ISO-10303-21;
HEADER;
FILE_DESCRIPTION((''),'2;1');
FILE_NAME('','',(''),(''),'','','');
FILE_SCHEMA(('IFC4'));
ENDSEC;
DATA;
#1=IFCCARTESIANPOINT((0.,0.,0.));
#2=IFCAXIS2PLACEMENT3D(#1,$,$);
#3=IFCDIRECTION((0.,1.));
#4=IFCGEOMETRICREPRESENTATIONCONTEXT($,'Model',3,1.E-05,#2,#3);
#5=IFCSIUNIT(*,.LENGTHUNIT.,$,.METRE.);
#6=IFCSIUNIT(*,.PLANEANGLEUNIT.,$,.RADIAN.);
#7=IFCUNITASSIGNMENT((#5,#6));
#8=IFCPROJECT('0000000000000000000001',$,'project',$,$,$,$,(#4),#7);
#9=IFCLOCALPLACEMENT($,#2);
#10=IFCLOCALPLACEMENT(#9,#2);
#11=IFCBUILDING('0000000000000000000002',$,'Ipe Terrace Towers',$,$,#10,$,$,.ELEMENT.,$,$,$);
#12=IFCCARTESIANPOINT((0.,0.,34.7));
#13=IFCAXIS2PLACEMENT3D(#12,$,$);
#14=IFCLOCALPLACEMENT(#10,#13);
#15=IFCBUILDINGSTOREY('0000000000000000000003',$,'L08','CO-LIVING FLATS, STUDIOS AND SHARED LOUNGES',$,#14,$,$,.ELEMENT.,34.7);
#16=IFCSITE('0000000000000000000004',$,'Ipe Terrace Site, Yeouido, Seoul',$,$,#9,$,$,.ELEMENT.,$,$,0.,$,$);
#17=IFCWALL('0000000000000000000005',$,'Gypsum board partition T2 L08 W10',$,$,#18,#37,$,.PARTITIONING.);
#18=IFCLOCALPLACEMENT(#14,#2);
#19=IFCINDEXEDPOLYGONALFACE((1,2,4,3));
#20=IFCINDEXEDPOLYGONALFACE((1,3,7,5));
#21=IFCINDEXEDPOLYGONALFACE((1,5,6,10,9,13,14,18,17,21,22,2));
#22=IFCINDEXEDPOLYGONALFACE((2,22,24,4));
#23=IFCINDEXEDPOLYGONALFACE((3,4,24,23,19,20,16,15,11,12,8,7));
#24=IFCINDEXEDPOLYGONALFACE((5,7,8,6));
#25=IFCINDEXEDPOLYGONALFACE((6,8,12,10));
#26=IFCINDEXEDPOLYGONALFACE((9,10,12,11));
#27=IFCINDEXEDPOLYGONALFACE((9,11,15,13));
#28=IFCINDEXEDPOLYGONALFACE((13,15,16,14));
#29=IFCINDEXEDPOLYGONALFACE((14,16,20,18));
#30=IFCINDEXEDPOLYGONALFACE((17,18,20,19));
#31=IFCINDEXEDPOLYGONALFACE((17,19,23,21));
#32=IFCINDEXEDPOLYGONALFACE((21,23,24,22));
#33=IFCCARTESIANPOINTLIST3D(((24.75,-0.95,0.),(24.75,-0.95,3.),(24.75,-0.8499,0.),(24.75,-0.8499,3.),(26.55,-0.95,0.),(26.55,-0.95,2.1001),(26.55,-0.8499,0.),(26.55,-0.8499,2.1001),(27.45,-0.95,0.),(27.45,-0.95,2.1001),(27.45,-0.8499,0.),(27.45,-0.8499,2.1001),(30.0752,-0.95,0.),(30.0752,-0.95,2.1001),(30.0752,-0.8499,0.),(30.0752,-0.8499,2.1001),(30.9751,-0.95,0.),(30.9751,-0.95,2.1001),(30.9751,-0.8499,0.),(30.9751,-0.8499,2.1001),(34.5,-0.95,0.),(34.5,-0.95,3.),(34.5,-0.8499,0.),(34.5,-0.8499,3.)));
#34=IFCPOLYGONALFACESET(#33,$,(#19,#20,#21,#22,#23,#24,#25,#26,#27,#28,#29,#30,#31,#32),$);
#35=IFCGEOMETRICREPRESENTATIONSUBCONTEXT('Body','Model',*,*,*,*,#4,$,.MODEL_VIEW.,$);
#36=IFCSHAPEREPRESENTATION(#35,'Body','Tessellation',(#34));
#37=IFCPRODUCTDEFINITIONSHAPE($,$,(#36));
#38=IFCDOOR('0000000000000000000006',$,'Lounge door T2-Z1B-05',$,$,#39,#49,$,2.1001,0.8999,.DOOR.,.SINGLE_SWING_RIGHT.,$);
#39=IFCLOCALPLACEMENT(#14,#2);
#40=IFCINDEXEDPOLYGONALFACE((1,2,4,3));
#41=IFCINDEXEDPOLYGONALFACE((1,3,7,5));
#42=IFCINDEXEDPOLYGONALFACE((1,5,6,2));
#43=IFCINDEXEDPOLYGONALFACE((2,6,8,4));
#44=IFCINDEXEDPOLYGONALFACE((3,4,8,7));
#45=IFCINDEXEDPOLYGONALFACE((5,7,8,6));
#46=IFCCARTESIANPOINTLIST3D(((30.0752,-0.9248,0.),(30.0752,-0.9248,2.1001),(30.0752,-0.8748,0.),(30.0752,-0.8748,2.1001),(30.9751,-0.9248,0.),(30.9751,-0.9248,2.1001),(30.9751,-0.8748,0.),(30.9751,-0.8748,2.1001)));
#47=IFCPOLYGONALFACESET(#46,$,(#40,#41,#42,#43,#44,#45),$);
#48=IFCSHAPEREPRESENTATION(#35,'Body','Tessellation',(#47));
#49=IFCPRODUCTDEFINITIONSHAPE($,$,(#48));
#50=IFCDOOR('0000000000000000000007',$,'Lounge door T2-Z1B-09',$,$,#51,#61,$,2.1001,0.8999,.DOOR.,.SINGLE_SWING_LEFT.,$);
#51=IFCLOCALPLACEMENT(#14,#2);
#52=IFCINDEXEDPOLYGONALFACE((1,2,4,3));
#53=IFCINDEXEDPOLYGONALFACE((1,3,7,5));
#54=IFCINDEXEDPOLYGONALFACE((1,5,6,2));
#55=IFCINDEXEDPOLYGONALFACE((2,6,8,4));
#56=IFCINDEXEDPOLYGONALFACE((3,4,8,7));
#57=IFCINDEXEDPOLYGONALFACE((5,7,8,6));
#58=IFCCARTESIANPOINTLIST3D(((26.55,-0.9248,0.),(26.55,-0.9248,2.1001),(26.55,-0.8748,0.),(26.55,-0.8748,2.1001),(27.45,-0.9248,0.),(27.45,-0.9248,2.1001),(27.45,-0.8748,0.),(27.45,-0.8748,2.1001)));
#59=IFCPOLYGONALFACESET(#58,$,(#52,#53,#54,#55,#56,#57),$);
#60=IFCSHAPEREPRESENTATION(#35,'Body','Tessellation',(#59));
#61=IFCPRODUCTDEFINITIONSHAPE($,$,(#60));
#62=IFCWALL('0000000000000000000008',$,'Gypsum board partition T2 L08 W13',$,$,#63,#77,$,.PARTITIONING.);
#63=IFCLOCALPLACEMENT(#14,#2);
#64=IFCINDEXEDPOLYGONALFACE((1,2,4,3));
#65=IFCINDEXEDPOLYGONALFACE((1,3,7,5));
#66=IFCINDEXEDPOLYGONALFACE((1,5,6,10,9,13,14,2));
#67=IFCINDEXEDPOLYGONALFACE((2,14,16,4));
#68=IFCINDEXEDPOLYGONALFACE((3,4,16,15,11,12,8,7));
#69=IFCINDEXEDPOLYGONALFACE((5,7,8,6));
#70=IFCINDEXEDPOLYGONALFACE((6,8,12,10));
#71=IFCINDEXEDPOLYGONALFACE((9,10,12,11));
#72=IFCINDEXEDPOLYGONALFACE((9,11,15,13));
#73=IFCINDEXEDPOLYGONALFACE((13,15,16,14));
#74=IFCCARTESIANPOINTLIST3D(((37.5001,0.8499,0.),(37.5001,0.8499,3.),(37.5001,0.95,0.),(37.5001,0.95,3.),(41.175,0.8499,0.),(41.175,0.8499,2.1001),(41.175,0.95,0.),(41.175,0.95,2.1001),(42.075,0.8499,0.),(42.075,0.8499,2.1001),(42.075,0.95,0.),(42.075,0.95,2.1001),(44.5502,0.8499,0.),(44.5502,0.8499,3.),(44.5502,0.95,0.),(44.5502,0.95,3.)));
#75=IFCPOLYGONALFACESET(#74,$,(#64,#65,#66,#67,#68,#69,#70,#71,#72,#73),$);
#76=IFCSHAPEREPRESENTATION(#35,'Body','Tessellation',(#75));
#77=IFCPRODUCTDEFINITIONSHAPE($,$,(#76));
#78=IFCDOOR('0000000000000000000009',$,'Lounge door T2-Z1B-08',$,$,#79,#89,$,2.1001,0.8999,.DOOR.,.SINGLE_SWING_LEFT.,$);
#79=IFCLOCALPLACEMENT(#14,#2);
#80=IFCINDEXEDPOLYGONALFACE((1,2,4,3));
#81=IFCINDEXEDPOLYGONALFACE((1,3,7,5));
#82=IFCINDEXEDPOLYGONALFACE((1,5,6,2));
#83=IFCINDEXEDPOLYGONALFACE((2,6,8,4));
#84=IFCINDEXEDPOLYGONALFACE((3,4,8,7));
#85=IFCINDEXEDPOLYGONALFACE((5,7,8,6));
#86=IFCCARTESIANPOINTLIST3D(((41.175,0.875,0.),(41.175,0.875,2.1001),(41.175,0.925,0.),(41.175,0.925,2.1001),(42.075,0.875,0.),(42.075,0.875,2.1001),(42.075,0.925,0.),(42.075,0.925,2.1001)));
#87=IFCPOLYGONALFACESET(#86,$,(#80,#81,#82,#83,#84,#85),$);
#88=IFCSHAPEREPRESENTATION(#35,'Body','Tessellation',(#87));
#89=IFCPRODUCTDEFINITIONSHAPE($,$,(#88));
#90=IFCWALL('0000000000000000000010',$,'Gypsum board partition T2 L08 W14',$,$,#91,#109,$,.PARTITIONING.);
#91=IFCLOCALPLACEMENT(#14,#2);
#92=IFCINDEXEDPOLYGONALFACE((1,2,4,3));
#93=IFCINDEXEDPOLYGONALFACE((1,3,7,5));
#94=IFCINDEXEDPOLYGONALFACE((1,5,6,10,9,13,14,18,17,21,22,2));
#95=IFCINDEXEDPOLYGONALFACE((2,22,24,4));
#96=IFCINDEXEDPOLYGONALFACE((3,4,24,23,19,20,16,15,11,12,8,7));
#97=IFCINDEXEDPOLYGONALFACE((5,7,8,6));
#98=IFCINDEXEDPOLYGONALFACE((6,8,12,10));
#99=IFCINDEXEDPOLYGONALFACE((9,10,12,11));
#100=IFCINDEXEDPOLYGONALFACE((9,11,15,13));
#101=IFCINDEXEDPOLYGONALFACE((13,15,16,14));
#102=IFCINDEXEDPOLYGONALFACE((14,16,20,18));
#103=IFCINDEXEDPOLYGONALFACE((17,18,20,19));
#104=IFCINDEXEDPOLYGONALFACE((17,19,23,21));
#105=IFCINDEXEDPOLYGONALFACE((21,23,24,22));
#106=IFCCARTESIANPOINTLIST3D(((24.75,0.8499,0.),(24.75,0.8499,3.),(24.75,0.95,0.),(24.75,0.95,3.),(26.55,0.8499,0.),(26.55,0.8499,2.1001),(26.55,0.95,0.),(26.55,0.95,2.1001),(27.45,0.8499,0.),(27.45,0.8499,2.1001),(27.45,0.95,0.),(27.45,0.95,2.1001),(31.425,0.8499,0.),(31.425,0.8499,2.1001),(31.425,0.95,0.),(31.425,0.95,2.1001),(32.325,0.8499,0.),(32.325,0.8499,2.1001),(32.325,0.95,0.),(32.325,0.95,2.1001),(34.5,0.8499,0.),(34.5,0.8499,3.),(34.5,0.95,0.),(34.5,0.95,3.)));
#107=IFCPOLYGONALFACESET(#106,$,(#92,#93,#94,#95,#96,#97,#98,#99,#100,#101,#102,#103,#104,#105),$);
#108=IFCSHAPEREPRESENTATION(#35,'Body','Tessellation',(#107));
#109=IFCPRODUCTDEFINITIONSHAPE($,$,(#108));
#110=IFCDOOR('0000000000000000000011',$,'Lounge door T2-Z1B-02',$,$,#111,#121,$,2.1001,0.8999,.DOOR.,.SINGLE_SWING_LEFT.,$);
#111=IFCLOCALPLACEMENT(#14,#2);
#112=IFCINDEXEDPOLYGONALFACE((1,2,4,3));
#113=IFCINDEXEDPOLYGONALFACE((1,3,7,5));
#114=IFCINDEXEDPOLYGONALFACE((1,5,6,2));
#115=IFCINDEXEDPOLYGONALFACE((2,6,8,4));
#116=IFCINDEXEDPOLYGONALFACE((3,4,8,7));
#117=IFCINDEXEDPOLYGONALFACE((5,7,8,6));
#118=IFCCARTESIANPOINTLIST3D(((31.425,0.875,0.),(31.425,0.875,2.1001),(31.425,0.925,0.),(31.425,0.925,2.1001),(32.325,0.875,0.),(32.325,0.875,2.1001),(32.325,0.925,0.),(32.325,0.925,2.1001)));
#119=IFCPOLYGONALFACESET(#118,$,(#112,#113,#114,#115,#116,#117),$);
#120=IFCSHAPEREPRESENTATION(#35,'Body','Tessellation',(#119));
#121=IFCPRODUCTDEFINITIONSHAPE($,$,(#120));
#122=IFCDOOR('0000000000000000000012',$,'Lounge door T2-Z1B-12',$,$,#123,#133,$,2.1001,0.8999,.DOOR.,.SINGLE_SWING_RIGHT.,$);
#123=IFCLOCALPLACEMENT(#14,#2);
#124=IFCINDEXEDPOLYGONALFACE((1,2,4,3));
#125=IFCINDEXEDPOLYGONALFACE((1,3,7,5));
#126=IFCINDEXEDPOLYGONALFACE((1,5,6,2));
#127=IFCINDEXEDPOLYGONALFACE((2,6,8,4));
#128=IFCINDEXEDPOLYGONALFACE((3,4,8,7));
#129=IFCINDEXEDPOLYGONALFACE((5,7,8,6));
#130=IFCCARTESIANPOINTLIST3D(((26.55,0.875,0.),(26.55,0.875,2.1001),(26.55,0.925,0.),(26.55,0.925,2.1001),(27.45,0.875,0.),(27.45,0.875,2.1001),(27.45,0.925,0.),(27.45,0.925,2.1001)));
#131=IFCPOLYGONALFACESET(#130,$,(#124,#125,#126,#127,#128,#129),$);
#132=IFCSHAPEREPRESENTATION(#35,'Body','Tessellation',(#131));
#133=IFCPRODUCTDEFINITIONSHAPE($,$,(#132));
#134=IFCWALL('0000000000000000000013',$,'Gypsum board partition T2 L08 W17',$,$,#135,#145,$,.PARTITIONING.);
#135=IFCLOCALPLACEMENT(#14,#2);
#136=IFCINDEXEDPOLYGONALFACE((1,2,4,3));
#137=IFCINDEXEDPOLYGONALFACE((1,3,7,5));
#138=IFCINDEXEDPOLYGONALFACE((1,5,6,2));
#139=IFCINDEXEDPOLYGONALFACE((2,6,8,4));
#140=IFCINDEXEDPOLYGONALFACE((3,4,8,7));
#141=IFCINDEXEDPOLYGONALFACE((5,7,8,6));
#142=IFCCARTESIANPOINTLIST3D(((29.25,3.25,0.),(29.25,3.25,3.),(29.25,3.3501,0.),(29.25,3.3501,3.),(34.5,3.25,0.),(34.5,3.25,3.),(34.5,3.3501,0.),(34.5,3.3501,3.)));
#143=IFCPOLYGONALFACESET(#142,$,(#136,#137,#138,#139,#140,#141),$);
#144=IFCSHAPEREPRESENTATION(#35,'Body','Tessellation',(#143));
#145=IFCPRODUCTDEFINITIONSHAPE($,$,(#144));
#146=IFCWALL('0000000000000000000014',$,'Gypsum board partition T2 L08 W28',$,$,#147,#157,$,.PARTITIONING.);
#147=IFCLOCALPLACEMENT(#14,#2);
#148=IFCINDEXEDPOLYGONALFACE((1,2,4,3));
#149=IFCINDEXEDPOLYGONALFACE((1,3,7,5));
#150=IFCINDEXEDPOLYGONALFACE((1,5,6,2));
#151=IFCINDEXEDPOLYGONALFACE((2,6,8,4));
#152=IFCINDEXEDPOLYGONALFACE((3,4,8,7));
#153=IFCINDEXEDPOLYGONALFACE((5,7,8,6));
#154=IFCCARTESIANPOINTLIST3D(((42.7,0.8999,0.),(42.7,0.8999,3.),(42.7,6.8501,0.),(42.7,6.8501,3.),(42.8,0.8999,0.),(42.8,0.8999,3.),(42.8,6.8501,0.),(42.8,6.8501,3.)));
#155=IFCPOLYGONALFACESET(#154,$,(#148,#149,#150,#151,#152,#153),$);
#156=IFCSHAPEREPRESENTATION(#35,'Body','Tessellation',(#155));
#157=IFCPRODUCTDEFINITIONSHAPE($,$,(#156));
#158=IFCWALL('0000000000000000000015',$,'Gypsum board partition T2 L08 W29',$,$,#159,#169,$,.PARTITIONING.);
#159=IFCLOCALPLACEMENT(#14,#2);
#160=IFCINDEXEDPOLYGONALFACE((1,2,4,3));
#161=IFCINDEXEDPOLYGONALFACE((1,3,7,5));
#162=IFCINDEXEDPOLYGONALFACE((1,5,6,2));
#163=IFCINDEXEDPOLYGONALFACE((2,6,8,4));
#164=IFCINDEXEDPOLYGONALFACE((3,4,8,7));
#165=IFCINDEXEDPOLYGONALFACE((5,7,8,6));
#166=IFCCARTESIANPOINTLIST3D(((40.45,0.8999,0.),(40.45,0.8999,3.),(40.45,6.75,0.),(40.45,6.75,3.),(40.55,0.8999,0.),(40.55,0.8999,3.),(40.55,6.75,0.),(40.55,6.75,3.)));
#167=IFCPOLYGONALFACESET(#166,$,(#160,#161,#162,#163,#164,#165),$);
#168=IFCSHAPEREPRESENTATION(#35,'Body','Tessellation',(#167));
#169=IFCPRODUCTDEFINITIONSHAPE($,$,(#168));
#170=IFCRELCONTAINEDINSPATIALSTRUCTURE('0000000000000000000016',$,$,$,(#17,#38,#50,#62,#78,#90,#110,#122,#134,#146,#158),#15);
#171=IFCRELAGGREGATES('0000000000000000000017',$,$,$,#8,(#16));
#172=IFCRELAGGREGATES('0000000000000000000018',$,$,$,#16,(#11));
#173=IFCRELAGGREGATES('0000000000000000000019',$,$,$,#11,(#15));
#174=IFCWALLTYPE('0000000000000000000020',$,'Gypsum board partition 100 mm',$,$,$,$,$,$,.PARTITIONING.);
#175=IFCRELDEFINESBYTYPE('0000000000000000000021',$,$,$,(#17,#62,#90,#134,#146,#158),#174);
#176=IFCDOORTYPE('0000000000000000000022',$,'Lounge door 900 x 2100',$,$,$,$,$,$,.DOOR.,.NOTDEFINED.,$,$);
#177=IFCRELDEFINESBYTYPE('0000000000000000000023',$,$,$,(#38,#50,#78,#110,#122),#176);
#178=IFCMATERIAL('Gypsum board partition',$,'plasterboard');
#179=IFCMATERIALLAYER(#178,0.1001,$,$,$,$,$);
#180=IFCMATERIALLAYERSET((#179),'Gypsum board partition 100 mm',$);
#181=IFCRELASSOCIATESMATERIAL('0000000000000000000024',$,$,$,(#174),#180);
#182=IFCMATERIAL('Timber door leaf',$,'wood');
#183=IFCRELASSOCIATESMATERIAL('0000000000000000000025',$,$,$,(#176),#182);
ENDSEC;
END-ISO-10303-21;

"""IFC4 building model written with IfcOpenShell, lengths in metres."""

from ifc_helpers import new_model, si_unit, direction, frame, frame_2d, origin, place, context, subcontext, project, spatial, rectangle, extrude, material, layer, layer_set, type_object, element, fill, save


model = new_model("IFC4")

# Units and contexts
model_context = context("Model", 3, precision=1e-05, world=origin(), true_north=direction((0.0, 1.0)))
body_context = subcontext(model_context, "Body", "Model", "MODEL_VIEW")
ifc_project = project(units=[si_unit("LENGTHUNIT", "METRE"), si_unit("PLANEANGLEUNIT", "RADIAN")], contexts=[model_context])

# Site, building, storey
site_placement = place(None, origin())
site = spatial("IfcSite", under=ifc_project, at=site_placement, Name="Ipe Terrace Site, Yeouido, Seoul", CompositionType="ELEMENT", RefElevation=0.0)
building_placement = place(site_placement, origin())
building = spatial("IfcBuilding", under=site, at=building_placement, Name="Ipe Terrace Towers", CompositionType="ELEMENT")
storey_placement = place(building_placement, frame((0.0, 0.0, 34.7)))
storey = spatial("IfcBuildingStorey", under=building, at=storey_placement, Name="L08", Description="CO-LIVING FLATS, STUDIOS AND SHARED LOUNGES", CompositionType="ELEMENT", Elevation=34.7)

# Shared definitions
ifc_material_1 = material(Name="Gypsum board partition", Category="plasterboard")
ifc_layer_1 = layer(ifc_material_1, 0.1001)
ifc_layer_set_1 = layer_set([ifc_layer_1], Name="Gypsum board partition 100 mm")
wall_type = type_object("IfcWallType", Name="Gypsum board partition 100 mm", PredefinedType="PARTITIONING", material=ifc_layer_set_1)

# Wall, openings, doors
wall_1_placement = place(storey_placement, frame((34.5, -0.8999, 0.0), z_axis=(0.0, 0.0, 1.0), x_axis=(-1.0, 0.0, 0.0)))
wall_1 = element("IfcWall", 1, at=wall_1_placement, inside=storey, type_object=wall_type, Name="Gypsum board partition T2 L08 W10", PredefinedType="PARTITIONING", context=body_context, shape_type="SweptSolid", body=[
    extrude(rectangle(XDim=9.75, YDim=0.1001, at=frame_2d((4.875, 0.0))), origin(), (0.0, 0.0, 1.0), 3.0),
])
opening_1_placement = place(wall_1_placement, frame((3.5249, 0.0, 0.0)))
opening_1 = element("IfcOpeningElement", 2, at=opening_1_placement, cuts=wall_1, PredefinedType="OPENING", context=body_context, shape_type="SweptSolid", body=[
    extrude(rectangle(XDim=0.8999, YDim=2.1001, at=frame_2d((0.45, 1.05))), frame((0.0, 0.0601, 0.0), z_axis=(0.0, -1.0, 0.0), x_axis=(1.0, 0.0, 0.0)), (0.0, 0.0, 1.0), 0.1201),
])
opening_2_placement = place(wall_1_placement, frame((7.05, 0.0, 0.0)))
opening_2 = element("IfcOpeningElement", 3, at=opening_2_placement, cuts=wall_1, PredefinedType="OPENING", context=body_context, shape_type="SweptSolid", body=[
    extrude(rectangle(XDim=0.8999, YDim=2.1001, at=frame_2d((0.45, 1.05))), frame((0.0, 0.0601, 0.0), z_axis=(0.0, -1.0, 0.0), x_axis=(1.0, 0.0, 0.0)), (0.0, 0.0, 1.0), 0.1201),
])
ifc_material_2 = material(Name="Timber door leaf", Category="wood")
door_type_1 = type_object("IfcDoorType", Name="Lounge door 900 x 2100", OperationType="NOTDEFINED", PredefinedType="DOOR", material=ifc_material_2)
door_1_placement = place(opening_1_placement, origin())
door_1 = element("IfcDoor", 4, at=door_1_placement, inside=storey, type_object=door_type_1, Name="Lounge door T2-Z1B-05", OperationType="SINGLE_SWING_RIGHT", OverallHeight=2.1001, OverallWidth=0.8999, PredefinedType="DOOR", context=body_context, shape_type="SweptSolid", body=[
    extrude(rectangle(XDim=0.8999, YDim=2.1001, at=frame_2d((0.45, 1.05))), frame((0.0, 0.0249, 0.0), z_axis=(0.0, -1.0, 0.0), x_axis=(1.0, 0.0, 0.0)), (0.0, 0.0, 1.0), 0.05),
])
fill(opening_1, door_1)
door_2_placement = place(opening_2_placement, origin())
door_2 = element("IfcDoor", 5, at=door_2_placement, inside=storey, type_object=door_type_1, Name="Lounge door T2-Z1B-09", OperationType="SINGLE_SWING_LEFT", OverallHeight=2.1001, OverallWidth=0.8999, PredefinedType="DOOR", context=body_context, shape_type="SweptSolid", body=[
    extrude(rectangle(XDim=0.8999, YDim=2.1001, at=frame_2d((0.45, 1.05))), frame((0.0, 0.0249, 0.0), z_axis=(0.0, -1.0, 0.0), x_axis=(1.0, 0.0, 0.0)), (0.0, 0.0, 1.0), 0.05),
])
fill(opening_2, door_2)

# Wall, opening, door
wall_2_placement = place(storey_placement, frame((44.55, 0.8999, 0.0), z_axis=(0.0, 0.0, 1.0), x_axis=(-1.0, 0.0, 0.0)))
wall_2 = element("IfcWall", 6, at=wall_2_placement, inside=storey, type_object=wall_type, Name="Gypsum board partition T2 L08 W13", PredefinedType="PARTITIONING", context=body_context, shape_type="SweptSolid", body=[
    extrude(rectangle(XDim=7.05, YDim=0.1001, at=frame_2d((3.5249, 0.0))), origin(), (0.0, 0.0, 1.0), 3.0),
])
opening_3_placement = place(wall_2_placement, frame((2.4751, 0.0, 0.0)))
opening_3 = element("IfcOpeningElement", 7, at=opening_3_placement, cuts=wall_2, PredefinedType="OPENING", context=body_context, shape_type="SweptSolid", body=[
    extrude(rectangle(XDim=0.8999, YDim=2.1001, at=frame_2d((0.45, 1.05))), frame((0.0, 0.0601, 0.0), z_axis=(0.0, -1.0, 0.0), x_axis=(1.0, 0.0, 0.0)), (0.0, 0.0, 1.0), 0.1201),
])
door_3_placement = place(opening_3_placement, origin())
door_3 = element("IfcDoor", 8, at=door_3_placement, inside=storey, type_object=door_type_1, Name="Lounge door T2-Z1B-08", OperationType="SINGLE_SWING_LEFT", OverallHeight=2.1001, OverallWidth=0.8999, PredefinedType="DOOR", context=body_context, shape_type="SweptSolid", body=[
    extrude(rectangle(XDim=0.8999, YDim=2.1001, at=frame_2d((0.45, 1.05))), frame((0.0, 0.0249, 0.0), z_axis=(0.0, -1.0, 0.0), x_axis=(1.0, 0.0, 0.0)), (0.0, 0.0, 1.0), 0.05),
])
fill(opening_3, door_3)

# Wall, openings, doors
wall_3_placement = place(storey_placement, frame((34.5, 0.8999, 0.0), z_axis=(0.0, 0.0, 1.0), x_axis=(-1.0, 0.0, 0.0)))
wall_3 = element("IfcWall", 9, at=wall_3_placement, inside=storey, type_object=wall_type, Name="Gypsum board partition T2 L08 W14", PredefinedType="PARTITIONING", context=body_context, shape_type="SweptSolid", body=[
    extrude(rectangle(XDim=9.75, YDim=0.1001, at=frame_2d((4.875, 0.0))), origin(), (0.0, 0.0, 1.0), 3.0),
])
opening_4_placement = place(wall_3_placement, frame((2.175, 0.0, 0.0)))
opening_4 = element("IfcOpeningElement", 10, at=opening_4_placement, cuts=wall_3, PredefinedType="OPENING", context=body_context, shape_type="SweptSolid", body=[
    extrude(rectangle(XDim=0.8999, YDim=2.1001, at=frame_2d((0.45, 1.05))), frame((0.0, 0.0601, 0.0), z_axis=(0.0, -1.0, 0.0), x_axis=(1.0, 0.0, 0.0)), (0.0, 0.0, 1.0), 0.1201),
])
opening_5_placement = place(wall_3_placement, frame((7.05, 0.0, 0.0)))
opening_5 = element("IfcOpeningElement", 11, at=opening_5_placement, cuts=wall_3, PredefinedType="OPENING", context=body_context, shape_type="SweptSolid", body=[
    extrude(rectangle(XDim=0.8999, YDim=2.1001, at=frame_2d((0.45, 1.05))), frame((0.0, 0.0601, 0.0), z_axis=(0.0, -1.0, 0.0), x_axis=(1.0, 0.0, 0.0)), (0.0, 0.0, 1.0), 0.1201),
])
door_4_placement = place(opening_4_placement, origin())
door_4 = element("IfcDoor", 12, at=door_4_placement, inside=storey, type_object=door_type_1, Name="Lounge door T2-Z1B-02", OperationType="SINGLE_SWING_LEFT", OverallHeight=2.1001, OverallWidth=0.8999, PredefinedType="DOOR", context=body_context, shape_type="SweptSolid", body=[
    extrude(rectangle(XDim=0.8999, YDim=2.1001, at=frame_2d((0.45, 1.05))), frame((0.0, 0.0249, 0.0), z_axis=(0.0, -1.0, 0.0), x_axis=(1.0, 0.0, 0.0)), (0.0, 0.0, 1.0), 0.05),
])
fill(opening_4, door_4)
door_5_placement = place(opening_5_placement, origin())
door_5 = element("IfcDoor", 13, at=door_5_placement, inside=storey, type_object=door_type_1, Name="Lounge door T2-Z1B-12", OperationType="SINGLE_SWING_RIGHT", OverallHeight=2.1001, OverallWidth=0.8999, PredefinedType="DOOR", context=body_context, shape_type="SweptSolid", body=[
    extrude(rectangle(XDim=0.8999, YDim=2.1001, at=frame_2d((0.45, 1.05))), frame((0.0, 0.0249, 0.0), z_axis=(0.0, -1.0, 0.0), x_axis=(1.0, 0.0, 0.0)), (0.0, 0.0, 1.0), 0.05),
])
fill(opening_5, door_5)

# Walls
wall_4_placement = place(storey_placement, frame((34.5, 3.3, 0.0), z_axis=(0.0, 0.0, 1.0), x_axis=(-1.0, 0.0, 0.0)))
element("IfcWall", 14, at=wall_4_placement, inside=storey, type_object=wall_type, Name="Gypsum board partition T2 L08 W17", PredefinedType="PARTITIONING", context=body_context, shape_type="SweptSolid", body=[
    extrude(rectangle(XDim=5.25, YDim=0.1001, at=frame_2d((2.625, 0.0))), origin(), (0.0, 0.0, 1.0), 3.0),
])
wall_5_placement = place(storey_placement, frame((42.75, 0.8999, 0.0), z_axis=(0.0, 0.0, 1.0), x_axis=(0.0, 1.0, 0.0)))
element("IfcWall", 15, at=wall_5_placement, inside=storey, type_object=wall_type, Name="Gypsum board partition T2 L08 W28", PredefinedType="PARTITIONING", context=body_context, shape_type="SweptSolid", body=[
    extrude(rectangle(XDim=5.9502, YDim=0.1001, at=frame_2d((2.9751, 0.0))), origin(), (0.0, 0.0, 1.0), 3.0),
])
wall_6_placement = place(storey_placement, frame((40.5, 0.8999, 0.0), z_axis=(0.0, 0.0, 1.0), x_axis=(0.0, 1.0, 0.0)))
element("IfcWall", 16, at=wall_6_placement, inside=storey, type_object=wall_type, Name="Gypsum board partition T2 L08 W29", PredefinedType="PARTITIONING", context=body_context, shape_type="SweptSolid", body=[
    extrude(rectangle(XDim=5.8501, YDim=0.1001, at=frame_2d((2.925, 0.0))), origin(), (0.0, 0.0, 1.0), 3.0),
])

save(model, "model.ifc")
